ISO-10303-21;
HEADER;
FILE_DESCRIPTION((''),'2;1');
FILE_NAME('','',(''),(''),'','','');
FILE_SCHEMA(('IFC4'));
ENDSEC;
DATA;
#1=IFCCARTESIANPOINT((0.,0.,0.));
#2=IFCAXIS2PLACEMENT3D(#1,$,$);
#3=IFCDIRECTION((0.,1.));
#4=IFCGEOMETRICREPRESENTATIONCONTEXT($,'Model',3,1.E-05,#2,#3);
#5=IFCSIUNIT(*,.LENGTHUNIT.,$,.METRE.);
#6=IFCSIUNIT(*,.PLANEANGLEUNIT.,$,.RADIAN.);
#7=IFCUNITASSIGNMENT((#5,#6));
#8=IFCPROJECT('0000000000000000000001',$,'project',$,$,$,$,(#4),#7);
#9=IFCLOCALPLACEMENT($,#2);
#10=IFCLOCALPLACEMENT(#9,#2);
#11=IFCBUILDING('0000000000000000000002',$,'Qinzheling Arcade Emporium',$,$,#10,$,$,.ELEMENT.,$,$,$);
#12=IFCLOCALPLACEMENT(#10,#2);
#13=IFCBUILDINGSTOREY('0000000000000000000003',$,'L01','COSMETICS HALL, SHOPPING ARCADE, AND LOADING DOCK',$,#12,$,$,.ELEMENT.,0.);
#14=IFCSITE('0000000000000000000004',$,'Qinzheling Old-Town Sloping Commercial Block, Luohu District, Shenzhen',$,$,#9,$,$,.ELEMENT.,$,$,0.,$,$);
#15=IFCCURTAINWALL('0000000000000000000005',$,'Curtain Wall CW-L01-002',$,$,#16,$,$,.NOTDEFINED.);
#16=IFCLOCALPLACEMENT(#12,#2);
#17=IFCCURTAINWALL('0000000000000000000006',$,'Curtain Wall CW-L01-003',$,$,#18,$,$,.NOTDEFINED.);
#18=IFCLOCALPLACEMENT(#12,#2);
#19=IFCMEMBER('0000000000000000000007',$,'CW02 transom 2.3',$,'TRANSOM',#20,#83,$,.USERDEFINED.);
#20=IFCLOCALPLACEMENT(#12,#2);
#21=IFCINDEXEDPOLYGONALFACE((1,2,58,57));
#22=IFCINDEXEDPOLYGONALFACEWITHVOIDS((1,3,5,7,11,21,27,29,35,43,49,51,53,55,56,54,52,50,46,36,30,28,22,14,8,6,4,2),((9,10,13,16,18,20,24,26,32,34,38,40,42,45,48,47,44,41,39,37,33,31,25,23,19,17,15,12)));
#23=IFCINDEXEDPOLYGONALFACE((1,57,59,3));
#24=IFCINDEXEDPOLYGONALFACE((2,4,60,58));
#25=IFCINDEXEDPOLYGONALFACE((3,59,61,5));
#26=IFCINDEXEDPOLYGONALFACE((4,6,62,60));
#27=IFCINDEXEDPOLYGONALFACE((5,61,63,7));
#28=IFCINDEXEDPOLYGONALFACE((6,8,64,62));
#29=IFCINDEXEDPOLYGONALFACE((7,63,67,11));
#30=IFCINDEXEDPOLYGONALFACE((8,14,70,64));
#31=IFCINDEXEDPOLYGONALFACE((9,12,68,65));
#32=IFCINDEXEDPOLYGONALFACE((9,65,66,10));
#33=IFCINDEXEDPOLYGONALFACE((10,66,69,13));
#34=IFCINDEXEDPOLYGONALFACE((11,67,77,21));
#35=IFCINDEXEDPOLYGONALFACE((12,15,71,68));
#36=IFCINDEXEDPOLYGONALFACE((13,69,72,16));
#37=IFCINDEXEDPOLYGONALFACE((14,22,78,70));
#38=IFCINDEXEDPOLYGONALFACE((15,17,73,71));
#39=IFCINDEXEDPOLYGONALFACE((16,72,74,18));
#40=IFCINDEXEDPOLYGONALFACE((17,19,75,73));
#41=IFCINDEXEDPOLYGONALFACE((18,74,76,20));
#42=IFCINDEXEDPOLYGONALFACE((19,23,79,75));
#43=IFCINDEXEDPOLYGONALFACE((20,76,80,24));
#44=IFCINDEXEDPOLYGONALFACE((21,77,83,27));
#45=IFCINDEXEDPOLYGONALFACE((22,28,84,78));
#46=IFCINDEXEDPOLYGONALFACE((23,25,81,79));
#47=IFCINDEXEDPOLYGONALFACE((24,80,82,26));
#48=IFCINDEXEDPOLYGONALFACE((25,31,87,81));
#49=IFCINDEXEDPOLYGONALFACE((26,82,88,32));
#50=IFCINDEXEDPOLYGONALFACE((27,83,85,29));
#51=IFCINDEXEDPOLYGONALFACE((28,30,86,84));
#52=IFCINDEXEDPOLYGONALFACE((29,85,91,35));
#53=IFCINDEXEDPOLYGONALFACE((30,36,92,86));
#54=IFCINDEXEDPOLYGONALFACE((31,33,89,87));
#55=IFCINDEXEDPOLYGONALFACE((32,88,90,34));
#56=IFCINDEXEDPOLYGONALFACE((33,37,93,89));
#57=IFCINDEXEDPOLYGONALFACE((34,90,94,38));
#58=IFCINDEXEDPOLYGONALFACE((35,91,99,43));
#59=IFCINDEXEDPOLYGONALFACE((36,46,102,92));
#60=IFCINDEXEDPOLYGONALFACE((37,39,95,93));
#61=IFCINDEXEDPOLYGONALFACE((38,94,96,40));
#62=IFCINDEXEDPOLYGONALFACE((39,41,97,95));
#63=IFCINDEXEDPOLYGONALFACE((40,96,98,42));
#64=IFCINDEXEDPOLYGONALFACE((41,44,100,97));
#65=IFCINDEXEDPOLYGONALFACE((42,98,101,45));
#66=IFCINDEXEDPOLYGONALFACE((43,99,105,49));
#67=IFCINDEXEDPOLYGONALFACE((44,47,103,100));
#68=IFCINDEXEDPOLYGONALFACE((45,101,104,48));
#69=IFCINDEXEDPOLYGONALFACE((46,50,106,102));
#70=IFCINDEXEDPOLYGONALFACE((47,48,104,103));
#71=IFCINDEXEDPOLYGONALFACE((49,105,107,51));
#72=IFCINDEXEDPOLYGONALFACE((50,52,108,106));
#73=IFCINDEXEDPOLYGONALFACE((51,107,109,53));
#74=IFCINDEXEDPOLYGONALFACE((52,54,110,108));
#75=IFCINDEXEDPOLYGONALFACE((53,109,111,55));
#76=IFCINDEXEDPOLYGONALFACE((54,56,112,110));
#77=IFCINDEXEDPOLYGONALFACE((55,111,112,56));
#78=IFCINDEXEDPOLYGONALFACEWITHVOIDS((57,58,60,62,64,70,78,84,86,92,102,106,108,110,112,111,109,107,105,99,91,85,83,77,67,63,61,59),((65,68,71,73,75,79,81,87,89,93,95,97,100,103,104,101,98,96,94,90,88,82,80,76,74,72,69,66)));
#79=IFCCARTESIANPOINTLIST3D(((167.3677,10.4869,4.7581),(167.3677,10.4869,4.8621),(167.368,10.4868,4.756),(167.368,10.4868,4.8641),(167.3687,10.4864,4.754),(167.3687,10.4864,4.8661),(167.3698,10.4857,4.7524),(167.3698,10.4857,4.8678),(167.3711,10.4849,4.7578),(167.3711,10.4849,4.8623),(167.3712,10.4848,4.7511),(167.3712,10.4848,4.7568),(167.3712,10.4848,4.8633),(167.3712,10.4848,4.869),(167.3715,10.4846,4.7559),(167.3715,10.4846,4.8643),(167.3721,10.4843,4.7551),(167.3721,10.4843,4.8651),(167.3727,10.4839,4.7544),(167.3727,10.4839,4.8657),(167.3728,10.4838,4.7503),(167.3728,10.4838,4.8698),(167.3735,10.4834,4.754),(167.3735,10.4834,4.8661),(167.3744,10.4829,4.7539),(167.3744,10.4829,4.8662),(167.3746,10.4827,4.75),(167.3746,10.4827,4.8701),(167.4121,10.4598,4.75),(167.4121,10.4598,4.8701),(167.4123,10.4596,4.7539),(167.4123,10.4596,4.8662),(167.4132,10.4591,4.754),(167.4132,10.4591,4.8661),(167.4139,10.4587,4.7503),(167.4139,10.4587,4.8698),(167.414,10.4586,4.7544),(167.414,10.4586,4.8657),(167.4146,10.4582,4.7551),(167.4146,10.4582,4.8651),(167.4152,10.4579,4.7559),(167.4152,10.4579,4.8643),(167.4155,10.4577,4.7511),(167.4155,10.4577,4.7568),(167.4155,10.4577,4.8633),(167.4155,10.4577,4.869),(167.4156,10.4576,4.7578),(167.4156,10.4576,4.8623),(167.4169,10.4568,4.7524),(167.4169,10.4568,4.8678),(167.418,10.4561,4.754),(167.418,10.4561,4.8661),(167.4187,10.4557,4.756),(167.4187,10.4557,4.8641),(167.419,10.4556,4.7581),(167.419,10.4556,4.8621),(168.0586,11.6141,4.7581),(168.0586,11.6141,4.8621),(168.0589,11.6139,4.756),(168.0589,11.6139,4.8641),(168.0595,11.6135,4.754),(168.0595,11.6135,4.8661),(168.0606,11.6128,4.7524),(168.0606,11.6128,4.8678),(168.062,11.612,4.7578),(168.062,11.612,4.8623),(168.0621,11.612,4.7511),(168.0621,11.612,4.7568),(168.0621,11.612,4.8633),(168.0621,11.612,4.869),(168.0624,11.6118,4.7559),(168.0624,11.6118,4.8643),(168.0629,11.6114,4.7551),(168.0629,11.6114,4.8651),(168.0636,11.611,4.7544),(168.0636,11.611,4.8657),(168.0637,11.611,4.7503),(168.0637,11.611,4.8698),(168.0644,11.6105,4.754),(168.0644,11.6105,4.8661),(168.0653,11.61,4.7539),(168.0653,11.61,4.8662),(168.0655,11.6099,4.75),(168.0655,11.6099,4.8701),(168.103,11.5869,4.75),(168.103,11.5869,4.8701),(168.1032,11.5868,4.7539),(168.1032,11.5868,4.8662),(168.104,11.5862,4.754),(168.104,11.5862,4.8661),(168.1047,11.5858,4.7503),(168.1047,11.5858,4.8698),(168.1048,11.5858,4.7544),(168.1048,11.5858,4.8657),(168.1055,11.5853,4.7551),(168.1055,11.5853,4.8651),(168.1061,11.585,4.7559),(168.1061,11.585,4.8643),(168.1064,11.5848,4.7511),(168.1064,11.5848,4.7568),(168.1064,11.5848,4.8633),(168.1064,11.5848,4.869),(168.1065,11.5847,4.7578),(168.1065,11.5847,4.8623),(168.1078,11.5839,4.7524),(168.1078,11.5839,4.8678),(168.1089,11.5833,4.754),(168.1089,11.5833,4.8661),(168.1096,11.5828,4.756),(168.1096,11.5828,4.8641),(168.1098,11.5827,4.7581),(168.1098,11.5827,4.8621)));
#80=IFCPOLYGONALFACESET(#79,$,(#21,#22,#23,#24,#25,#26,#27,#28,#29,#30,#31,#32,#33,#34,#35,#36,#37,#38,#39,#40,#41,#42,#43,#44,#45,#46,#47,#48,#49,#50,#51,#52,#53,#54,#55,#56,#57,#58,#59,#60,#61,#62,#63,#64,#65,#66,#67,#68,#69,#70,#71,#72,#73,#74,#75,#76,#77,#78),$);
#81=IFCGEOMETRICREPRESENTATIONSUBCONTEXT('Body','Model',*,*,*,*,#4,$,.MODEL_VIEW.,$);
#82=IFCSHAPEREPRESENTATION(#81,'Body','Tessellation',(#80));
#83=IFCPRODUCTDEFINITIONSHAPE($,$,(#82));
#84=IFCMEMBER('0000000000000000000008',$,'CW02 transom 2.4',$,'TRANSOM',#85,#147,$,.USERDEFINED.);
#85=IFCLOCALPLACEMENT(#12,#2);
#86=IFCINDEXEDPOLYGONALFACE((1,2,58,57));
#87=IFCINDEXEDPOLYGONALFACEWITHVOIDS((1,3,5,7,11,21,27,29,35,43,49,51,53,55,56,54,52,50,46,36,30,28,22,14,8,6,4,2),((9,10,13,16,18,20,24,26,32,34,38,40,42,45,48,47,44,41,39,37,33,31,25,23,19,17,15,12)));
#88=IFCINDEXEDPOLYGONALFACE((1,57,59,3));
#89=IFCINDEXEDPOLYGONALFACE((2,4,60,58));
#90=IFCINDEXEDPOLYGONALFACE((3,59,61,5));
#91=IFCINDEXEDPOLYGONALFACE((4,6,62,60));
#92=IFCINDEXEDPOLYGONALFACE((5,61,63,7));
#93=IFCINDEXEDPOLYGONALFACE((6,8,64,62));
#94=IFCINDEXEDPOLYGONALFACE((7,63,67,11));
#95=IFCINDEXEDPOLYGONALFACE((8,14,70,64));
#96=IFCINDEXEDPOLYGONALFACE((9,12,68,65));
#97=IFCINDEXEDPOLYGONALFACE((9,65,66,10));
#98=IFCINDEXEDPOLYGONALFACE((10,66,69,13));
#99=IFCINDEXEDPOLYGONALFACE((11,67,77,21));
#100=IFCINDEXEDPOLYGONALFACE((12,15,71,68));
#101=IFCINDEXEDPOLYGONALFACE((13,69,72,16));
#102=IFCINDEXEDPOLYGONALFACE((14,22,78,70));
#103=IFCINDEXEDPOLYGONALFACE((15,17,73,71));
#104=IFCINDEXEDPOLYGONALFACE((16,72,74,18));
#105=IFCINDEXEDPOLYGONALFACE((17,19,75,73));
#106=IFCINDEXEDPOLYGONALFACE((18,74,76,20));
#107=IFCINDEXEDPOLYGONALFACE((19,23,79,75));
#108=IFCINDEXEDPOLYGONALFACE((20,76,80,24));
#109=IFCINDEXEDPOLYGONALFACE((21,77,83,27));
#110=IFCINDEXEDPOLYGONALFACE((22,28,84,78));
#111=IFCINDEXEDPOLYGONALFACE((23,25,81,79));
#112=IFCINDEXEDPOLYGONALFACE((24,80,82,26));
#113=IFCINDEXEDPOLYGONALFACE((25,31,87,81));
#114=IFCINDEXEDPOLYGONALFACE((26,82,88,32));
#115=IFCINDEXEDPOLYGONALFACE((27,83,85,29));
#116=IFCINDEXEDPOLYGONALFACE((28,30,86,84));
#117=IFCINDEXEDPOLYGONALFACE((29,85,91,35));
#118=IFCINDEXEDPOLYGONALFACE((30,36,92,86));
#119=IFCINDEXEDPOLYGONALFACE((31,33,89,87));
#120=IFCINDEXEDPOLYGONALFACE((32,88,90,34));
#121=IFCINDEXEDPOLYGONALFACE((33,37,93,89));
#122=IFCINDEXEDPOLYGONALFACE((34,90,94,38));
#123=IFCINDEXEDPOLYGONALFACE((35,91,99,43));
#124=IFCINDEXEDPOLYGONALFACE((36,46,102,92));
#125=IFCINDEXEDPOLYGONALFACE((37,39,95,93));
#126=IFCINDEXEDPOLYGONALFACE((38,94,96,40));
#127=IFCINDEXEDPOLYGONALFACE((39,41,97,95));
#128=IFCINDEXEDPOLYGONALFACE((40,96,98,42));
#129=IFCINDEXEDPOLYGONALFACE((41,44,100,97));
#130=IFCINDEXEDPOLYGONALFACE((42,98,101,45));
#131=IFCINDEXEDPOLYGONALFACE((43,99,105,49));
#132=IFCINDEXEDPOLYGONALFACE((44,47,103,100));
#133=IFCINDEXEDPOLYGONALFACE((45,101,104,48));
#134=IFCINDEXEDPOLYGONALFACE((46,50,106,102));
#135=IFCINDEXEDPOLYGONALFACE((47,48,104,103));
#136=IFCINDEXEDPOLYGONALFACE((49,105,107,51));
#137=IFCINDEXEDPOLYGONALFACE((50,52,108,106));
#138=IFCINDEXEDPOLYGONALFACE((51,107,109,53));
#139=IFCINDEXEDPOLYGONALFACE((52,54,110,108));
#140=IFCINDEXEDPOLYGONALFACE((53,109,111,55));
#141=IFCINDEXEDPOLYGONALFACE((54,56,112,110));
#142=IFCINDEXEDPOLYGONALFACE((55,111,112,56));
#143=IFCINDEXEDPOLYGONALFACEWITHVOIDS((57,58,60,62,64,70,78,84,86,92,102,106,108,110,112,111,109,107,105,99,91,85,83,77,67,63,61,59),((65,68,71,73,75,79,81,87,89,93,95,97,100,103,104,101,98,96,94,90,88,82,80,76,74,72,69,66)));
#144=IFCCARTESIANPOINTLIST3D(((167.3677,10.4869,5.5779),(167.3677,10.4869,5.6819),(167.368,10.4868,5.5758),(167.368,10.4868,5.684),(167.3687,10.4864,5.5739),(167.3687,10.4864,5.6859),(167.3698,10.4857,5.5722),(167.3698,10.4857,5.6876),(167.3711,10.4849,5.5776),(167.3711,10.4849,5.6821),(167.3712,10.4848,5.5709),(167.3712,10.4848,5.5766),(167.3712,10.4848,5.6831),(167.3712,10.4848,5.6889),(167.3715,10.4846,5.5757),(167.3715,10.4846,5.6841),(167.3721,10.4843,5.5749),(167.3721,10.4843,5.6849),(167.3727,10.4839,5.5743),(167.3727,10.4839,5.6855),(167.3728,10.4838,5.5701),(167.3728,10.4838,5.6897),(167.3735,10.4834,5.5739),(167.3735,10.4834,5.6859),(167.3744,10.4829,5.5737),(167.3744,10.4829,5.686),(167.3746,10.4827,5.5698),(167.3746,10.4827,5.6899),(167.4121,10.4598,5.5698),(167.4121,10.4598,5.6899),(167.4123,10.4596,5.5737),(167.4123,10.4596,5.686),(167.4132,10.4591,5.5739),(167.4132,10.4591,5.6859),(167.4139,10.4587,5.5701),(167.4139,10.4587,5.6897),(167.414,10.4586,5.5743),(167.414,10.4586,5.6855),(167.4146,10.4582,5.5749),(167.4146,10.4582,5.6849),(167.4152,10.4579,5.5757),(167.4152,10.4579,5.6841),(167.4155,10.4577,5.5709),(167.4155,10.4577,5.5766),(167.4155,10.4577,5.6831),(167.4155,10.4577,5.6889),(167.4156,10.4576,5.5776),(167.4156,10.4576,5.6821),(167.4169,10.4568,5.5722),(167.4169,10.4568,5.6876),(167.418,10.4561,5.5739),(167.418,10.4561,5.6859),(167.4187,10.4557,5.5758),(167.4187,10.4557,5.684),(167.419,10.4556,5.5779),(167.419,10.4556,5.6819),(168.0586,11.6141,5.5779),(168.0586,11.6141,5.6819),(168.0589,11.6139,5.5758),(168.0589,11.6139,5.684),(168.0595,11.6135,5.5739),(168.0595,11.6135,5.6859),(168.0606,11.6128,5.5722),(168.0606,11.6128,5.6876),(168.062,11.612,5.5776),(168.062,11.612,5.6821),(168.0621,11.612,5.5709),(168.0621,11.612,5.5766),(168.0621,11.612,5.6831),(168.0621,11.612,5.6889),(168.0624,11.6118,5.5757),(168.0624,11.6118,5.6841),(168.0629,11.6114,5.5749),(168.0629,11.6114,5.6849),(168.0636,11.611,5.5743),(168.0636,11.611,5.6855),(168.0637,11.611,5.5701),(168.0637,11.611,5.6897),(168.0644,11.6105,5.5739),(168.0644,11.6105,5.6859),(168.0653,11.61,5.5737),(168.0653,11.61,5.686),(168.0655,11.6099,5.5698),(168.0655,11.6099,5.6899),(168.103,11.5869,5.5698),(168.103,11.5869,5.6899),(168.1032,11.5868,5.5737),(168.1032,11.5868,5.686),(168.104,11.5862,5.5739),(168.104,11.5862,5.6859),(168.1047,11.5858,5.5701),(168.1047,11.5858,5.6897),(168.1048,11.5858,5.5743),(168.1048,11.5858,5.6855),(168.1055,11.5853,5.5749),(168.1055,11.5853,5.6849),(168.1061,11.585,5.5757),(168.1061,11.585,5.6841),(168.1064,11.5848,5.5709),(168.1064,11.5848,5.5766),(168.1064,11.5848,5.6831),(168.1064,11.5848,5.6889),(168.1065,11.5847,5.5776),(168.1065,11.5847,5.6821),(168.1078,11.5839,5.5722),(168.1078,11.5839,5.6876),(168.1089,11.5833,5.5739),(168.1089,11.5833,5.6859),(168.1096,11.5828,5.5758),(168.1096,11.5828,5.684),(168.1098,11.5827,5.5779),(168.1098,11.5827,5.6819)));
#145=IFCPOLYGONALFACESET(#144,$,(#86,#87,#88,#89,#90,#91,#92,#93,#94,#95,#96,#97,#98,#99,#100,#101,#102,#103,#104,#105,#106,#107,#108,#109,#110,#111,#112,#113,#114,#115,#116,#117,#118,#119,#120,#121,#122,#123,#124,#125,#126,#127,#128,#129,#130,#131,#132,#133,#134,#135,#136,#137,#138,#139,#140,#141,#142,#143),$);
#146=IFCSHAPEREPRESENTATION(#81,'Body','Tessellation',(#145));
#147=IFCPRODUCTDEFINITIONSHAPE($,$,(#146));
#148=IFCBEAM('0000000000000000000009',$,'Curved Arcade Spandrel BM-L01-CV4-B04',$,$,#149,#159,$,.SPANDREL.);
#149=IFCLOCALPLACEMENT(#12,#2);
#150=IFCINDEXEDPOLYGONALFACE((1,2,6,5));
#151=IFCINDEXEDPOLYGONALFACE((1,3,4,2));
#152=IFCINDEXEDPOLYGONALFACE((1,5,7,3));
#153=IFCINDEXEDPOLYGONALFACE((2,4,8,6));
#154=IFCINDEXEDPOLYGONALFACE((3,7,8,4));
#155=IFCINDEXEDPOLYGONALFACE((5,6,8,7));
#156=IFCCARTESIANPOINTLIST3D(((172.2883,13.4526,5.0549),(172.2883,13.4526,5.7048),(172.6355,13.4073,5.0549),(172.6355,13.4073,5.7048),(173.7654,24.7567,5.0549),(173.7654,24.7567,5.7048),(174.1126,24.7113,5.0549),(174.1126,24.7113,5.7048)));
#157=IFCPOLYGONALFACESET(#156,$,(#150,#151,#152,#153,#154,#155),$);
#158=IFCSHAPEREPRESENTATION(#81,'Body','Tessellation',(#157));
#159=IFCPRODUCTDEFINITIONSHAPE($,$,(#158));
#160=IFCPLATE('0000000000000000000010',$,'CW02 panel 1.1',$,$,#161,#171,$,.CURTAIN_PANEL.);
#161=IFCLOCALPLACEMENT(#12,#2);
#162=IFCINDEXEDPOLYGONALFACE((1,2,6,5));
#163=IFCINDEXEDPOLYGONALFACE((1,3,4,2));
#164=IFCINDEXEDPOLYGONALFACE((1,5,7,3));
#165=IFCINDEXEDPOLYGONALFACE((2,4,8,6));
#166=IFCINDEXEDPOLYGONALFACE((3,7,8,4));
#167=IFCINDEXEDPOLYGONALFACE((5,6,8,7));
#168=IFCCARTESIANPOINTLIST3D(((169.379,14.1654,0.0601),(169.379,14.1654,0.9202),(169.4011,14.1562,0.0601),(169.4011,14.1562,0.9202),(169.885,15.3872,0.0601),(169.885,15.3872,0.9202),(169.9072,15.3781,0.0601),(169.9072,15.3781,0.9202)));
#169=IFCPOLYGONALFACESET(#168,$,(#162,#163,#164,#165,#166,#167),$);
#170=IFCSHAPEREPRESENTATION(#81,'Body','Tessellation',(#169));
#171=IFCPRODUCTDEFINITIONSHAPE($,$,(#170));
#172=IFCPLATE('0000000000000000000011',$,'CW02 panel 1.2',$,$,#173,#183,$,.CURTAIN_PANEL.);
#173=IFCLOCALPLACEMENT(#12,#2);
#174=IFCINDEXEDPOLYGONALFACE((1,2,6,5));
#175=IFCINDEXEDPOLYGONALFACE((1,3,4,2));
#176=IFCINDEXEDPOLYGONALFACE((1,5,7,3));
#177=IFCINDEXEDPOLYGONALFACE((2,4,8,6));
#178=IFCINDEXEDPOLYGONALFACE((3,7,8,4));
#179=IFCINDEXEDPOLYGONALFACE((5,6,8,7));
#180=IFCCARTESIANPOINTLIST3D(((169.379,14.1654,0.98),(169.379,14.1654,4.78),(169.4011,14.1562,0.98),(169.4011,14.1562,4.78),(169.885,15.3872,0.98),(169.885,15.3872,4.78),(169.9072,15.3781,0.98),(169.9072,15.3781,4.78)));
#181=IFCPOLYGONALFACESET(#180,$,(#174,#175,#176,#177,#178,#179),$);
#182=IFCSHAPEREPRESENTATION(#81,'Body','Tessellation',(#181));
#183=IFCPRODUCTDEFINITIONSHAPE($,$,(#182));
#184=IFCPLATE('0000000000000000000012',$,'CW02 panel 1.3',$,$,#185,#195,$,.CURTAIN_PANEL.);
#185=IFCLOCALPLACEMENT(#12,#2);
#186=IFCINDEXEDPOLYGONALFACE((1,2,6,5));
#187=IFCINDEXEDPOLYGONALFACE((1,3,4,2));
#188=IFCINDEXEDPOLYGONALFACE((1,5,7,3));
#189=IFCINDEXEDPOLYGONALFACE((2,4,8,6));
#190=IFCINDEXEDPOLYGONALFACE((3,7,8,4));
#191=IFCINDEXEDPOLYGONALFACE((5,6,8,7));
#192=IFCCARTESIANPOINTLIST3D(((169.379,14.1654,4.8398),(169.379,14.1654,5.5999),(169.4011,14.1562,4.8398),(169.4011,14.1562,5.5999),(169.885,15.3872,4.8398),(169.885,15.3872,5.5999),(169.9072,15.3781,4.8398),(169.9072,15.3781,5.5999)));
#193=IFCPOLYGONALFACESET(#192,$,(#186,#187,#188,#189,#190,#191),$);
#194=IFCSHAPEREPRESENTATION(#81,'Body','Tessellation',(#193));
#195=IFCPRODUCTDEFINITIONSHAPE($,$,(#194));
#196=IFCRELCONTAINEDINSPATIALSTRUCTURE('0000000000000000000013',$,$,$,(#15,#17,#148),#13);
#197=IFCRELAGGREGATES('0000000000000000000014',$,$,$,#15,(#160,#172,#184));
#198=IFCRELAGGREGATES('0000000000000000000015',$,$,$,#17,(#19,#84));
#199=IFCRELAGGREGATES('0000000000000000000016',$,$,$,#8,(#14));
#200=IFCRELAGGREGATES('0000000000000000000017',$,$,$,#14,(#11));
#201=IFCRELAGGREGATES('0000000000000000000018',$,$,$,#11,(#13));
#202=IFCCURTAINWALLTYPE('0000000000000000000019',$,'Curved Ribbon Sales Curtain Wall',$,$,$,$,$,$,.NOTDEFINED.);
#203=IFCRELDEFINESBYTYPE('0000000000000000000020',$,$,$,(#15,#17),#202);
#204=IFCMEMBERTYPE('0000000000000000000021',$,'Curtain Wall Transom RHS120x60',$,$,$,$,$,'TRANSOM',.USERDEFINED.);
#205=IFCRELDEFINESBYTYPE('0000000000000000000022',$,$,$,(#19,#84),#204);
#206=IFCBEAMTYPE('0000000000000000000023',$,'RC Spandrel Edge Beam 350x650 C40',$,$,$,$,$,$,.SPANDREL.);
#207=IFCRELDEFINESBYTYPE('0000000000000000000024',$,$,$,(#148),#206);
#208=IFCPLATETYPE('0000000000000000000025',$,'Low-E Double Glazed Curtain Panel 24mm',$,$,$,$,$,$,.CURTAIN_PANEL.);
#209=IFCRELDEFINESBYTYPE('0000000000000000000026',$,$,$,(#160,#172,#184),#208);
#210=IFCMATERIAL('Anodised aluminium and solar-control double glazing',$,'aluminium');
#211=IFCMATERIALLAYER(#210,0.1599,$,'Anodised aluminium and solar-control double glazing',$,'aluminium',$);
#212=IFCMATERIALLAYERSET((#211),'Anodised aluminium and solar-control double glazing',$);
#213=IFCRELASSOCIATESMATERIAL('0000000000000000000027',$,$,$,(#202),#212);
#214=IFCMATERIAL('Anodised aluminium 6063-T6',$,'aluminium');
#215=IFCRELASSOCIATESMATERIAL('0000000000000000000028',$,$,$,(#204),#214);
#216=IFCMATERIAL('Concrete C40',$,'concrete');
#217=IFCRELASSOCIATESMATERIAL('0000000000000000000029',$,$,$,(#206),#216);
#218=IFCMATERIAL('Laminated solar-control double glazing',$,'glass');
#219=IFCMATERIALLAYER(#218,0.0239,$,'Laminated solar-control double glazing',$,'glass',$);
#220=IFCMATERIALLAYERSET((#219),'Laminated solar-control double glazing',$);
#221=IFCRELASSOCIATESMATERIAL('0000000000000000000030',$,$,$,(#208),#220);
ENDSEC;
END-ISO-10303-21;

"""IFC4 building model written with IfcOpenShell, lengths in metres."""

from ifc_helpers import new_model, si_unit, direction, frame, origin, origin_2d, place, context, subcontext, project, spatial, rectangle, hollow_rectangle, extrude, material, layer, layer_set, material_profile, profile_set, type_object, element, aggregate, save


model = new_model("IFC4")

# Units and contexts
model_context = context("Model", 3, precision=1e-05, world=origin(), true_north=direction((0.0, 1.0)))
body_context = subcontext(model_context, "Body", "Model", "MODEL_VIEW")
ifc_project = project(units=[si_unit("LENGTHUNIT", "METRE"), si_unit("PLANEANGLEUNIT", "RADIAN")], contexts=[model_context])

# Site, building, storey
site_placement = place(None, origin())
site = spatial("IfcSite", under=ifc_project, at=site_placement, Name="Qinzheling Old-Town Sloping Commercial Block, Luohu District, Shenzhen", CompositionType="ELEMENT", RefElevation=0.0)
building_placement = place(site_placement, origin())
building = spatial("IfcBuilding", under=site, at=building_placement, Name="Qinzheling Arcade Emporium", CompositionType="ELEMENT")
storey_placement = place(building_placement, origin())
storey = spatial("IfcBuildingStorey", under=building, at=storey_placement, Name="L01", Description="COSMETICS HALL, SHOPPING ARCADE, AND LOADING DOCK", CompositionType="ELEMENT", Elevation=0.0)

# Curtain walls
ifc_material_1 = material(Name="Anodised aluminium and solar-control double glazing", Category="aluminium")
ifc_layer_1 = layer(ifc_material_1, 0.1599, Name="Anodised aluminium and solar-control double glazing", Category="aluminium")
ifc_layer_set_1 = layer_set([ifc_layer_1], Name="Anodised aluminium and solar-control double glazing")
curtain_wall_type = type_object("IfcCurtainWallType", Name="Curved Ribbon Sales Curtain Wall", PredefinedType="NOTDEFINED", material=ifc_layer_set_1)
curtain_wall_1_placement = place(storey_placement, origin())
curtain_wall_1 = element("IfcCurtainWall", 1, at=curtain_wall_1_placement, inside=storey, type_object=curtain_wall_type, Name="Curtain Wall CW-L01-002", PredefinedType="NOTDEFINED")
ifc_material_2 = material(Name="Anodised aluminium 6063-T6", Category="aluminium")
curtain_wall_2_placement = place(storey_placement, origin())
curtain_wall_2 = element("IfcCurtainWall", 2, at=curtain_wall_2_placement, inside=storey, type_object=curtain_wall_type, Name="Curtain Wall CW-L01-003", PredefinedType="NOTDEFINED")

# Members
ifc_material_profile_1 = material_profile(ifc_material_2, hollow_rectangle(XDim=0.0601, YDim=0.1201, WallThickness=0.0039, InnerFilletRadius=0.0039, OuterFilletRadius=0.0081, at=origin_2d()), Name="RHS 120x60x4", Category="aluminium")
ifc_profile_set_1 = profile_set([ifc_material_profile_1], Name="Anodised aluminium 6063-T6")
member_type_1 = type_object("IfcMemberType", Name="Curtain Wall Transom RHS120x60", ElementType="TRANSOM", PredefinedType="USERDEFINED", material=ifc_profile_set_1)
member_1_placement = place(storey_placement, frame((168.0842, 11.5984, 4.8101), z_axis=(-0.522592, -0.852583, 0.0), x_axis=(0.852583, -0.522592, 0.0)))
member_1 = element("IfcMember", 3, at=member_1_placement, type_object=member_type_1, Name="CW02 transom 2.3", ObjectType="TRANSOM", PredefinedType="USERDEFINED", context=body_context, shape_type="SweptSolid", body=[
    extrude(hollow_rectangle(XDim=0.0601, YDim=0.1201, WallThickness=0.0039, InnerFilletRadius=0.0039, OuterFilletRadius=0.0081, at=origin_2d()), origin(), (0.0, 0.0, 1.0), 1.322),
])
member_2_placement = place(storey_placement, frame((168.0842, 11.5984, 5.6299), z_axis=(-0.522592, -0.852583, 0.0), x_axis=(0.852583, -0.522592, 0.0)))
member_2 = element("IfcMember", 4, at=member_2_placement, type_object=member_type_1, Name="CW02 transom 2.4", ObjectType="TRANSOM", PredefinedType="USERDEFINED", context=body_context, shape_type="SweptSolid", body=[
    extrude(hollow_rectangle(XDim=0.0601, YDim=0.1201, WallThickness=0.0039, InnerFilletRadius=0.0039, OuterFilletRadius=0.0081, at=origin_2d()), origin(), (0.0, 0.0, 1.0), 1.322),
])

# Beam
ifc_material_3 = material(Name="Concrete C40", Category="concrete")
ifc_material_profile_2 = material_profile(ifc_material_3, rectangle(XDim=0.3501, YDim=0.6499, at=origin_2d()), Name="RC 350x650", Category="concrete")
ifc_profile_set_2 = profile_set([ifc_material_profile_2], Name="Concrete C40")
beam_type_1 = type_object("IfcBeamType", Name="RC Spandrel Edge Beam 350x650 C40", PredefinedType="SPANDREL", material=ifc_profile_set_2)
beam_1_placement = place(storey_placement, frame((172.4619, 13.4299, 5.3799), z_axis=(0.129565, 0.991571, 0.0), x_axis=(-0.991571, 0.129565, 0.0)))
element("IfcBeam", 5, at=beam_1_placement, inside=storey, type_object=beam_type_1, Name="Curved Arcade Spandrel BM-L01-CV4-B04", PredefinedType="SPANDREL", context=body_context, shape_type="SweptSolid", body=[
    extrude(rectangle(XDim=0.3501, YDim=0.6499, at=origin_2d()), origin(), (0.0, 0.0, 1.0), 11.4001),
])

# Plates
ifc_material_4 = material(Name="Laminated solar-control double glazing", Category="glass")
ifc_layer_2 = layer(ifc_material_4, 0.0239, Name="Laminated solar-control double glazing", Category="glass")
ifc_layer_set_2 = layer_set([ifc_layer_2], Name="Laminated solar-control double glazing")
plate_type_1 = type_object("IfcPlateType", Name="Low-E Double Glazed Curtain Panel 24mm", PredefinedType="CURTAIN_PANEL", material=ifc_layer_set_2)
plate_1_placement = place(storey_placement, frame((169.6431, 14.7717, 0.0601), z_axis=(0.0, 0.0, 1.0), x_axis=(-0.382654, -0.923892, 0.0)))
plate_1 = element("IfcPlate", 6, at=plate_1_placement, type_object=plate_type_1, Name="CW02 panel 1.1", PredefinedType="CURTAIN_PANEL", context=body_context, shape_type="SweptSolid", body=[
    extrude(rectangle(XDim=1.3225, YDim=0.0239, at=origin_2d()), origin(), (0.0, 0.0, 1.0), 0.8601),
])
plate_2_placement = place(storey_placement, frame((169.6431, 14.7717, 0.98), z_axis=(0.0, 0.0, 1.0), x_axis=(-0.382654, -0.923892, 0.0)))
plate_2 = element("IfcPlate", 7, at=plate_2_placement, type_object=plate_type_1, Name="CW02 panel 1.2", PredefinedType="CURTAIN_PANEL", context=body_context, shape_type="SweptSolid", body=[
    extrude(rectangle(XDim=1.3225, YDim=0.0239, at=origin_2d()), origin(), (0.0, 0.0, 1.0), 3.8),
])
plate_3_placement = place(storey_placement, frame((169.6431, 14.7717, 4.8398), z_axis=(0.0, 0.0, 1.0), x_axis=(-0.382654, -0.923892, 0.0)))
plate_3 = element("IfcPlate", 8, at=plate_3_placement, type_object=plate_type_1, Name="CW02 panel 1.3", PredefinedType="CURTAIN_PANEL", context=body_context, shape_type="SweptSolid", body=[
    extrude(rectangle(XDim=1.3225, YDim=0.0239, at=origin_2d()), origin(), (0.0, 0.0, 1.0), 0.76),
])
aggregate(curtain_wall_1, [plate_1, plate_2, plate_3])
aggregate(curtain_wall_2, [member_1, member_2])

save(model, "model.ifc")
